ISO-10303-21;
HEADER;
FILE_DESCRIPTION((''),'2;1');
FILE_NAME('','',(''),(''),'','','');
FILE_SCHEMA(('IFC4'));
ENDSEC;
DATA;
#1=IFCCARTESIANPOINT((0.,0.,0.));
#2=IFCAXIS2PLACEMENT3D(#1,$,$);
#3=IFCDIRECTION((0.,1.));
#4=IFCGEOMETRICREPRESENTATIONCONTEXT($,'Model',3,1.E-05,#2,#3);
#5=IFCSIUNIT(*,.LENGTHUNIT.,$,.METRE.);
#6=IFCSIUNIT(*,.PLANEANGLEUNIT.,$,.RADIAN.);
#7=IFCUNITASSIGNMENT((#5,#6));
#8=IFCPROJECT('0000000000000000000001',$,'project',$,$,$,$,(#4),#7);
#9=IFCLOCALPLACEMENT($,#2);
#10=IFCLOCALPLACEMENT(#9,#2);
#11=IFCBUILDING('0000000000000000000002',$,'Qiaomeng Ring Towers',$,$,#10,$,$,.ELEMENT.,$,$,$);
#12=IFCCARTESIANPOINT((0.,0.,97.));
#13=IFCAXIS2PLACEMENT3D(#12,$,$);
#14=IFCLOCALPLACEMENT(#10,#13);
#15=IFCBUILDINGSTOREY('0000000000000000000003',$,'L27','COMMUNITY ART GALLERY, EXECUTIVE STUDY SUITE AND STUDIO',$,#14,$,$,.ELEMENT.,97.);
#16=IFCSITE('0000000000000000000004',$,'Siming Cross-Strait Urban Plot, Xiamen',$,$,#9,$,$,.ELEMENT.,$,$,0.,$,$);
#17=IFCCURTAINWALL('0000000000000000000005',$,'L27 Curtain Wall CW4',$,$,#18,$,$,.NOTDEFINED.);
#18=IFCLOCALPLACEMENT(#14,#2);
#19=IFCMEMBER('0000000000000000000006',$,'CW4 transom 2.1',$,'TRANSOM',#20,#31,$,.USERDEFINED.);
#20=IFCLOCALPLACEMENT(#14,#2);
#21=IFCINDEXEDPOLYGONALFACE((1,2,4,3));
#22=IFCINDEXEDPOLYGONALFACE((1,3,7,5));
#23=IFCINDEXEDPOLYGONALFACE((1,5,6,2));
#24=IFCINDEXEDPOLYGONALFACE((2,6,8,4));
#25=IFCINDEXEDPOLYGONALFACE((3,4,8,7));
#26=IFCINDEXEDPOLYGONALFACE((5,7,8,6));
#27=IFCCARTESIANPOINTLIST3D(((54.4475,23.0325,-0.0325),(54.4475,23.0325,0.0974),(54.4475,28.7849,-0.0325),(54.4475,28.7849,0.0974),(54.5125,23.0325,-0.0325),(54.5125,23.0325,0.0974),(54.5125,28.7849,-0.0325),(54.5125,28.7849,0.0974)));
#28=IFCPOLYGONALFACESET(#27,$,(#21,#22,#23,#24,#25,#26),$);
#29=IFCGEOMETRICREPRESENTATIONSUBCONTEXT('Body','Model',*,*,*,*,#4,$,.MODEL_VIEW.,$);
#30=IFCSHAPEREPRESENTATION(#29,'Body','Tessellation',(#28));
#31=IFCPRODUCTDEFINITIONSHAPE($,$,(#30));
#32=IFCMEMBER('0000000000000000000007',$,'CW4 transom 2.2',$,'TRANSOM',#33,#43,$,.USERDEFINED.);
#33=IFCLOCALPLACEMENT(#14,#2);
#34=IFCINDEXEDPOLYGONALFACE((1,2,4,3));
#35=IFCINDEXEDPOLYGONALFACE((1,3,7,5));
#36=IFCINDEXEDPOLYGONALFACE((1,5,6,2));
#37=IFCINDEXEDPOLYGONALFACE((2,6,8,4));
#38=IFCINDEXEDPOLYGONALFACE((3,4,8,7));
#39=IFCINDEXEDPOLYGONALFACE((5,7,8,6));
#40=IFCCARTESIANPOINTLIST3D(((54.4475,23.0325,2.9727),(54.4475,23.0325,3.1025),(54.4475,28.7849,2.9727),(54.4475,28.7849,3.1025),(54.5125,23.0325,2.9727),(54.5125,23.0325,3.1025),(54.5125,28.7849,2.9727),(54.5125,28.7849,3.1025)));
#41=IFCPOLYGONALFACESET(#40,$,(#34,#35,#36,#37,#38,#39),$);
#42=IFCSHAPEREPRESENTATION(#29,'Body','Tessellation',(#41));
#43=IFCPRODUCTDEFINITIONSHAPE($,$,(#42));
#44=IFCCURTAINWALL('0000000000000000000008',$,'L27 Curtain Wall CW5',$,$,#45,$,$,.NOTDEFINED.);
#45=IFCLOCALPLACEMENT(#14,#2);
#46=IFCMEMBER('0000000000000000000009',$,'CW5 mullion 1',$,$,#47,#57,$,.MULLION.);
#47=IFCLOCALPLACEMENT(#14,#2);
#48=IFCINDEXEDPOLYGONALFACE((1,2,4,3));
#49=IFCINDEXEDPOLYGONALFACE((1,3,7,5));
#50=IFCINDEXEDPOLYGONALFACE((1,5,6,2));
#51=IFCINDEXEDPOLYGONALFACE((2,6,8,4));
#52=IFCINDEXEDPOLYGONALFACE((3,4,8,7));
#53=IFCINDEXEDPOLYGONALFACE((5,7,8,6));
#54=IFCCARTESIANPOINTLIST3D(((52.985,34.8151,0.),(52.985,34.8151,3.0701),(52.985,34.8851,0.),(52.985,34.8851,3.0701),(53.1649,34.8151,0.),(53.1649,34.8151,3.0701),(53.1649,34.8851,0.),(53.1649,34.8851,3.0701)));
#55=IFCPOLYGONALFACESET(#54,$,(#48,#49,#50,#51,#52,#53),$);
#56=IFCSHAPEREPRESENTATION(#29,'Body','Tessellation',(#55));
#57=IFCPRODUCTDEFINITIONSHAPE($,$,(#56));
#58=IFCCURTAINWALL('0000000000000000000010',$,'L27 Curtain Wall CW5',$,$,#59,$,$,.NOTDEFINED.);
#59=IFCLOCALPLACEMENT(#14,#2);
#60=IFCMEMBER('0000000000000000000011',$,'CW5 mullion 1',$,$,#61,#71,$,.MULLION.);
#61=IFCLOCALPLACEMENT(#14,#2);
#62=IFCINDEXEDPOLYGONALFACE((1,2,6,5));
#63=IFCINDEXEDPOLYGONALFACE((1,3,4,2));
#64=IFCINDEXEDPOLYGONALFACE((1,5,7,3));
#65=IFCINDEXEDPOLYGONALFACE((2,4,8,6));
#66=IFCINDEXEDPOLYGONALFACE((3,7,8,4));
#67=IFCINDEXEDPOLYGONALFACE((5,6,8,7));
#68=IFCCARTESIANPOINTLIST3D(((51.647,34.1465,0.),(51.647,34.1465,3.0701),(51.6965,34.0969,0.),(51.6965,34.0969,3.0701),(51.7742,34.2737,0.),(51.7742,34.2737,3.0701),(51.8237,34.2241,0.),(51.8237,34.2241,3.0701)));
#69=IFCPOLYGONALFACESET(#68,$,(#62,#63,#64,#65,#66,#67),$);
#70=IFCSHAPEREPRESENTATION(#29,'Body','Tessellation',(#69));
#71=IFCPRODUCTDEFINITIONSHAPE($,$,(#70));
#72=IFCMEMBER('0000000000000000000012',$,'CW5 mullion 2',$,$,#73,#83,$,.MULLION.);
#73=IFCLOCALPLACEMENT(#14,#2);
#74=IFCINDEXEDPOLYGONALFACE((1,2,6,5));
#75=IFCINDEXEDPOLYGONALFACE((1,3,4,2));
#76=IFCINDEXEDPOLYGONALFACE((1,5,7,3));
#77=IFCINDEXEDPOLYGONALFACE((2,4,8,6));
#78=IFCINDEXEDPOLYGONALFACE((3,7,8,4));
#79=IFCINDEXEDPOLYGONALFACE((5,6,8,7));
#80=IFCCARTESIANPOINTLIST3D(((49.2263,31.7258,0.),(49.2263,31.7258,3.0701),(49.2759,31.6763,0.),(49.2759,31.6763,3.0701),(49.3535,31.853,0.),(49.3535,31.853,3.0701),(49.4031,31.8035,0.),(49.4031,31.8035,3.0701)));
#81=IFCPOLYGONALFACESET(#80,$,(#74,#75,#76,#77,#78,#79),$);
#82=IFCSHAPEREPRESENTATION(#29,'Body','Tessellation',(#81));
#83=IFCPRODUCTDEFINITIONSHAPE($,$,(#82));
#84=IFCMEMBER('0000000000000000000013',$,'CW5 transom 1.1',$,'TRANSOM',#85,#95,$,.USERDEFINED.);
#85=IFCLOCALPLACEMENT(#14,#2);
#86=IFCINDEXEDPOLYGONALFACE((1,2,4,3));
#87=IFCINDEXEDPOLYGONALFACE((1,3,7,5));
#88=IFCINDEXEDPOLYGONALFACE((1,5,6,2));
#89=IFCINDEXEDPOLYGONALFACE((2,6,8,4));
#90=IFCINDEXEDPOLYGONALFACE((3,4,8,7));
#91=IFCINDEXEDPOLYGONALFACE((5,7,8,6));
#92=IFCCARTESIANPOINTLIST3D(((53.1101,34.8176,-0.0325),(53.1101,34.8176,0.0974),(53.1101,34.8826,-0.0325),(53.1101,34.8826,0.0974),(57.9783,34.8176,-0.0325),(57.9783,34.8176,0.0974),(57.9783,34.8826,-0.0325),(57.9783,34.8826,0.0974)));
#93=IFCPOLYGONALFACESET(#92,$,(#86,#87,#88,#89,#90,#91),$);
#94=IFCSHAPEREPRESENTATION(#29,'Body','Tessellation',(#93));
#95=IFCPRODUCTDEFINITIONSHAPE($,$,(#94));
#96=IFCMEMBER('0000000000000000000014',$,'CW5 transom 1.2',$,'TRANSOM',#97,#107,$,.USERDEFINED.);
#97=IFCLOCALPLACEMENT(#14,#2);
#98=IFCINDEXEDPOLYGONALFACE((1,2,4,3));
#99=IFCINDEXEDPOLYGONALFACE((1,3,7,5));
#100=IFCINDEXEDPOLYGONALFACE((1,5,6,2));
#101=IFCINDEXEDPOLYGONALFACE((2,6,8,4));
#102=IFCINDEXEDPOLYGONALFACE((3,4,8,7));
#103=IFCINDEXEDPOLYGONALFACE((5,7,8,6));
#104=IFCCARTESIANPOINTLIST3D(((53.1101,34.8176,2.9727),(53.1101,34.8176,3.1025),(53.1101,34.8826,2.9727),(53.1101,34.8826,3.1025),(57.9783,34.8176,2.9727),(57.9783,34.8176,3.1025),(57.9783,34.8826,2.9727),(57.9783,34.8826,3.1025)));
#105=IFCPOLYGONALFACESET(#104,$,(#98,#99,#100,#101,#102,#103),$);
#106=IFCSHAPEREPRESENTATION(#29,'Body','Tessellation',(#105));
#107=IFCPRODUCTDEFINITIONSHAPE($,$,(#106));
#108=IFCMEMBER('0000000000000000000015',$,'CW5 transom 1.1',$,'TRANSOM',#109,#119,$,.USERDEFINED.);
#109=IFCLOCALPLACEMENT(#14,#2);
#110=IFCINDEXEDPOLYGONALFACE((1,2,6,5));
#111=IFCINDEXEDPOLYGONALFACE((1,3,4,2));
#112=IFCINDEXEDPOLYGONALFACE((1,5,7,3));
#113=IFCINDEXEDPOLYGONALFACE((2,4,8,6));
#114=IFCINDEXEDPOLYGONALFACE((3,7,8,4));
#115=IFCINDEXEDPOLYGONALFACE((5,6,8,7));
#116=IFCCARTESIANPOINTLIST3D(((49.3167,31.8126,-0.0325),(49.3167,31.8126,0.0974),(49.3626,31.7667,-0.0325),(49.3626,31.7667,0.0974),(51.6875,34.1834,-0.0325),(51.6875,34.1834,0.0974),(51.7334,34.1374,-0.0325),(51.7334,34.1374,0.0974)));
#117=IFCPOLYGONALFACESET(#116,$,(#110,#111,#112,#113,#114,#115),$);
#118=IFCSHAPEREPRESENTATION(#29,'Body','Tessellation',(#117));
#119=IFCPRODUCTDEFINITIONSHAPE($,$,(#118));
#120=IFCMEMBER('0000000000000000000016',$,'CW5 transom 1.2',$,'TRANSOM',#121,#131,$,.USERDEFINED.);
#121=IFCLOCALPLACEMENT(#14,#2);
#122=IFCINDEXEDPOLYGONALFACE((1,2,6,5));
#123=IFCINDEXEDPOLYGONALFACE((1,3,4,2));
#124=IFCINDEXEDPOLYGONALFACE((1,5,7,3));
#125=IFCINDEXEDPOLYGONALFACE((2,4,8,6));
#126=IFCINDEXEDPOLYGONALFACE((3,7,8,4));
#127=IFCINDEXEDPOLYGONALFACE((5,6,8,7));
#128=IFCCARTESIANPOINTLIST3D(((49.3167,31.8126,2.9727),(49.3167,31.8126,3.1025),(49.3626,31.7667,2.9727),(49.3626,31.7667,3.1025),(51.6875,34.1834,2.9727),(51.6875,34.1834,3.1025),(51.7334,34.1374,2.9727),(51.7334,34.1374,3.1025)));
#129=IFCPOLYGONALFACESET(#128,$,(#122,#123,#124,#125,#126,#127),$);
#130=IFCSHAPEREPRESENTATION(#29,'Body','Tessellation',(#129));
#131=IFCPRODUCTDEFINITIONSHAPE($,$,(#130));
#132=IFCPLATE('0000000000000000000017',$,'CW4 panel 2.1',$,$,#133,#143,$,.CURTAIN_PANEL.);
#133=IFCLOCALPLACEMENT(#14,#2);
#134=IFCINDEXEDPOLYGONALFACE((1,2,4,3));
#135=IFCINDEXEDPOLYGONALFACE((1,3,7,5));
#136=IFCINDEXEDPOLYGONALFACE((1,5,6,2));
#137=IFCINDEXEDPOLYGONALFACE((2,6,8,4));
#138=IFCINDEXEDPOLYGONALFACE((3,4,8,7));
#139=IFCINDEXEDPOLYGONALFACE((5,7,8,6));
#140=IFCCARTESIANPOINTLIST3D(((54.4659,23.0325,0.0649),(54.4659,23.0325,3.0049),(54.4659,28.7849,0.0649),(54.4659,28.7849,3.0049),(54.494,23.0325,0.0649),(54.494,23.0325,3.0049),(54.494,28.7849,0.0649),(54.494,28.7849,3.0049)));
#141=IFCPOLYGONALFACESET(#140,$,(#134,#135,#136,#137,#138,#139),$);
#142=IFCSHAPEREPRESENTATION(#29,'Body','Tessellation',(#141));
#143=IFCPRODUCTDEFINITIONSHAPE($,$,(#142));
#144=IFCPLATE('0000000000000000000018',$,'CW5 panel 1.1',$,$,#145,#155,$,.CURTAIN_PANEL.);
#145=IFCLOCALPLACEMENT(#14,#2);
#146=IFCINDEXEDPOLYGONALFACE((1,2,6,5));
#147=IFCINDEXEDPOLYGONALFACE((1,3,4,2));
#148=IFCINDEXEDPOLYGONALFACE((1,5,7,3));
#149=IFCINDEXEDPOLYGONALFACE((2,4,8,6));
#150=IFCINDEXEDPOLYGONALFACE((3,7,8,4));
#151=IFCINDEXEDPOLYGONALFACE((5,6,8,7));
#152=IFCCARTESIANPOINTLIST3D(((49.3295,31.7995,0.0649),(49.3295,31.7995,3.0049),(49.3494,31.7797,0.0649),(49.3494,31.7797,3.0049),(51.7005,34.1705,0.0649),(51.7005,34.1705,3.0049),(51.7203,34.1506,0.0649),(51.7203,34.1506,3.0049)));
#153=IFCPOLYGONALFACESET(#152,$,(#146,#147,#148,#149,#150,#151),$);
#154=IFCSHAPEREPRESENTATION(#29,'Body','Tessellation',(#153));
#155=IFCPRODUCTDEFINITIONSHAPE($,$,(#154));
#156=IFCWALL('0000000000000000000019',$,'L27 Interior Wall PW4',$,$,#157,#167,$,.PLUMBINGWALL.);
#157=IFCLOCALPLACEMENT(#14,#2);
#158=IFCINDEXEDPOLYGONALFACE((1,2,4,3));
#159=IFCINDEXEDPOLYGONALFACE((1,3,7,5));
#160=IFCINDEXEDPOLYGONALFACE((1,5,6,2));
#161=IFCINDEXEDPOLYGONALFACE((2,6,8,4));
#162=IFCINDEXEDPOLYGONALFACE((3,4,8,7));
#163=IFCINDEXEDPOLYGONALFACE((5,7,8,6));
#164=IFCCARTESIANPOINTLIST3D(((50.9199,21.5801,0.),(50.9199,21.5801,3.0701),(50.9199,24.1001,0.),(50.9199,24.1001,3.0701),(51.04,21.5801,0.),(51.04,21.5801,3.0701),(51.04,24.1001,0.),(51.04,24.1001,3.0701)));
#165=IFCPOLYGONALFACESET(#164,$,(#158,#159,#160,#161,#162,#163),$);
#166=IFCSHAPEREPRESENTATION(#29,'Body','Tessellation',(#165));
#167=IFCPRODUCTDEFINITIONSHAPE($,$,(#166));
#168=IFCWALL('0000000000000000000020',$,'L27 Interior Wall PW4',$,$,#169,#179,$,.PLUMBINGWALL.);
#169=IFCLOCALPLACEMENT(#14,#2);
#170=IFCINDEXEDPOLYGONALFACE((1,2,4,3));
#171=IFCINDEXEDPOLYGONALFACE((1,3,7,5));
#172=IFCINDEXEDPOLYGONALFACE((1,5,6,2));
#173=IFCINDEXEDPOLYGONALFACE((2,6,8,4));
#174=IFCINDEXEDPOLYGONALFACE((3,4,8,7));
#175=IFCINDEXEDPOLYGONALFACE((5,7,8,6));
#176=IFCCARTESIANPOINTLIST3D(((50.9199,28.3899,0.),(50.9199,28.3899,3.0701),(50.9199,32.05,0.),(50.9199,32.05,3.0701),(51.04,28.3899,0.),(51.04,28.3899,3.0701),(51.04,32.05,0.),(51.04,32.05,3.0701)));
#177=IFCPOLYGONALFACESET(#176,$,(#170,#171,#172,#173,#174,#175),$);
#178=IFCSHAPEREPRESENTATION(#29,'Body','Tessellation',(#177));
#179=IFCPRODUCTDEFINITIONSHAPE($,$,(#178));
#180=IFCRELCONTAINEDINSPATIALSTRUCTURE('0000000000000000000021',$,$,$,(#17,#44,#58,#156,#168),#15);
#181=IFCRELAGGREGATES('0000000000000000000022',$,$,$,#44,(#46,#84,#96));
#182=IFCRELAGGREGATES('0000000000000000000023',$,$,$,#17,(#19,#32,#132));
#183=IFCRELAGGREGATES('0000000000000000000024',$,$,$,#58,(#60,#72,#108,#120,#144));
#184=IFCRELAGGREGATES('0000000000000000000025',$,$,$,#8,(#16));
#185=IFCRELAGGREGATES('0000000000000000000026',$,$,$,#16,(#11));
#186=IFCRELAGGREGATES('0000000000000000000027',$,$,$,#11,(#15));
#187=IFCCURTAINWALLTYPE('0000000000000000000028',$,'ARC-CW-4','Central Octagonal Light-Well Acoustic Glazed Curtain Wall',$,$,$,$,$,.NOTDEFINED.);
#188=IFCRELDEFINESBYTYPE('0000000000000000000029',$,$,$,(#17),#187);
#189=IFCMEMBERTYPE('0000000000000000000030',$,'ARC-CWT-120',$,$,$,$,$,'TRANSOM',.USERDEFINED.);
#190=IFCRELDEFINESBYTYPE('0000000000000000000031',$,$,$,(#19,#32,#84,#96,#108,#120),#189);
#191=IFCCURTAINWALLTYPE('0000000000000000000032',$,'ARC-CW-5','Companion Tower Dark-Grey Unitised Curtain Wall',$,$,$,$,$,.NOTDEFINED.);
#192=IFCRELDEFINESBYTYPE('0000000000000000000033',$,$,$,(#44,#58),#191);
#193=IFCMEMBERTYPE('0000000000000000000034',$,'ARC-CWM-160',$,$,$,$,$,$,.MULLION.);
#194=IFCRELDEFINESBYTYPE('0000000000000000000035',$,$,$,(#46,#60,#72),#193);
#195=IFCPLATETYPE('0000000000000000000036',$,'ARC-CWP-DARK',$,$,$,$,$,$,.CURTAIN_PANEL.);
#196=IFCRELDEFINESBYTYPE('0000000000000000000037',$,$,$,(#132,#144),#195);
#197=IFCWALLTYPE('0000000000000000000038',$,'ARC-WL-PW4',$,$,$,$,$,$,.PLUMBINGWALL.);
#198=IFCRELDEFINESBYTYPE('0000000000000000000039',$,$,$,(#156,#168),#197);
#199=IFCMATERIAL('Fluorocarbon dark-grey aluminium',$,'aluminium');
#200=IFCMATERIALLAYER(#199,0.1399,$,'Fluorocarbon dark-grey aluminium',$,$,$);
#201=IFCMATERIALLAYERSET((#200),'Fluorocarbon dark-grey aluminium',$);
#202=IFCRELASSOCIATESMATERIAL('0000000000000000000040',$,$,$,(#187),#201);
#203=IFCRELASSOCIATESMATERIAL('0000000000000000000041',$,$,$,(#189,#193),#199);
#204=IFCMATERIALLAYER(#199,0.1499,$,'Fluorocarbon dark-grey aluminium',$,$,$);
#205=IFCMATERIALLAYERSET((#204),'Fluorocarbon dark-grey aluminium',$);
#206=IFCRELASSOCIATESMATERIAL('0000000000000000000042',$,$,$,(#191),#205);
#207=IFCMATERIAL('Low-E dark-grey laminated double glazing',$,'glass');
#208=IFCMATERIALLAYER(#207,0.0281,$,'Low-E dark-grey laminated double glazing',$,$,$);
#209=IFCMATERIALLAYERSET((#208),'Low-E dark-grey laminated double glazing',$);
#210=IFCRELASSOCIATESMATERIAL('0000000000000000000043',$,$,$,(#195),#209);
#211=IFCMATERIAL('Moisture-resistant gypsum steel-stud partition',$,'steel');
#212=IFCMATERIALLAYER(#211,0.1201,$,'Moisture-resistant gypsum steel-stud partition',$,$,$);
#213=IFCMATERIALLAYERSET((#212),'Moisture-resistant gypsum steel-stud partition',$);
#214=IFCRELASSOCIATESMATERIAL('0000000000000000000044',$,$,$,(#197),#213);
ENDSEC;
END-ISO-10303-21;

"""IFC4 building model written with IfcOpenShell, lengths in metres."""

from ifc_helpers import new_model, si_unit, direction, frame, frame_2d, origin, origin_2d, place, context, subcontext, project, spatial, rectangle, extrude, source, transform, mapped, material, layer, layer_set, material_profile, profile_set, type_object, element, aggregate, save


model = new_model("IFC4")

# Units and contexts
model_context = context("Model", 3, precision=1e-05, world=origin(), true_north=direction((0.0, 1.0)))
body_context = subcontext(model_context, "Body", "Model", "MODEL_VIEW")
ifc_project = project(units=[si_unit("LENGTHUNIT", "METRE"), si_unit("PLANEANGLEUNIT", "RADIAN")], contexts=[model_context])

# Site, building, storey
site_placement = place(None, origin())
site = spatial("IfcSite", under=ifc_project, at=site_placement, Name="Siming Cross-Strait Urban Plot, Xiamen", CompositionType="ELEMENT", RefElevation=0.0)
building_placement = place(site_placement, origin())
building = spatial("IfcBuilding", under=site, at=building_placement, Name="Qiaomeng Ring Towers", CompositionType="ELEMENT")
storey_placement = place(building_placement, frame((0.0, 0.0, 97.0)))
storey = spatial("IfcBuildingStorey", under=building, at=storey_placement, Name="L27", Description="COMMUNITY ART GALLERY, EXECUTIVE STUDY SUITE AND STUDIO", CompositionType="ELEMENT", Elevation=97.0)

# Curtain wall, members
ifc_material_1 = material(Name="Fluorocarbon dark-grey aluminium", Category="aluminium")
ifc_layer_1 = layer(ifc_material_1, 0.1399, Name="Fluorocarbon dark-grey aluminium")
ifc_layer_set_1 = layer_set([ifc_layer_1], Name="Fluorocarbon dark-grey aluminium")
curtain_wall_type_1 = type_object("IfcCurtainWallType", Name="ARC-CW-4", Description="Central Octagonal Light-Well Acoustic Glazed Curtain Wall", PredefinedType="NOTDEFINED", material=ifc_layer_set_1)
curtain_wall_1_placement = place(storey_placement, origin())
curtain_wall_1 = element("IfcCurtainWall", 1, at=curtain_wall_1_placement, inside=storey, type_object=curtain_wall_type_1, Name="L27 Curtain Wall CW4", PredefinedType="NOTDEFINED")
ifc_material_profile_1 = material_profile(ifc_material_1, rectangle(XDim=0.0649, YDim=0.1299, at=origin_2d()), Name="ALU TRAN 65x130")
ifc_profile_set_1 = profile_set([ifc_material_profile_1], Name="Fluorocarbon dark-grey aluminium")
member_type_1 = type_object("IfcMemberType", Name="ARC-CWT-120", ElementType="TRANSOM", PredefinedType="USERDEFINED", material=ifc_profile_set_1)
shared_shape_1 = source(origin(), body_context, "Body", "SweptSolid", [
    extrude(rectangle(XDim=0.0649, YDim=0.1299, at=origin_2d()), origin(), (0.0, 0.0, 1.0), 5.7524),
])
member_1_placement = place(storey_placement, frame((54.48, 23.0325, 0.0325), z_axis=(0.0, 1.0, 0.0), x_axis=(-1.0, 0.0, 0.0)))
member_1 = element("IfcMember", 2, at=member_1_placement, type_object=member_type_1, Name="CW4 transom 2.1", ObjectType="TRANSOM", PredefinedType="USERDEFINED", context=body_context, shape_type="MappedRepresentation", body=[
    mapped(shared_shape_1, transform((0.0, 0.0, 0.0), x_axis=(1.0, 0.0, 0.0), y_axis=(0.0, 1.0, 0.0), z_axis=(0.0, 0.0, 1.0), scale=1.0)),
])
member_2_placement = place(storey_placement, frame((54.48, 23.0325, 3.0376), z_axis=(0.0, 1.0, 0.0), x_axis=(-1.0, 0.0, 0.0)))
member_2 = element("IfcMember", 3, at=member_2_placement, type_object=member_type_1, Name="CW4 transom 2.2", ObjectType="TRANSOM", PredefinedType="USERDEFINED", context=body_context, shape_type="MappedRepresentation", body=[
    mapped(shared_shape_1, transform((0.0, 0.0, 0.0), x_axis=(1.0, 0.0, 0.0), y_axis=(0.0, 1.0, 0.0), z_axis=(0.0, 0.0, 1.0), scale=1.0)),
])

# Curtain wall, member
ifc_layer_2 = layer(ifc_material_1, 0.1499, Name="Fluorocarbon dark-grey aluminium")
ifc_layer_set_2 = layer_set([ifc_layer_2], Name="Fluorocarbon dark-grey aluminium")
curtain_wall_type_2 = type_object("IfcCurtainWallType", Name="ARC-CW-5", Description="Companion Tower Dark-Grey Unitised Curtain Wall", PredefinedType="NOTDEFINED", material=ifc_layer_set_2)
curtain_wall_2_placement = place(storey_placement, origin())
curtain_wall_2 = element("IfcCurtainWall", 4, at=curtain_wall_2_placement, inside=storey, type_object=curtain_wall_type_2, Name="L27 Curtain Wall CW5", PredefinedType="NOTDEFINED")
ifc_material_profile_2 = material_profile(ifc_material_1, rectangle(XDim=0.0701, YDim=0.1799, at=origin_2d()), Name="ALU MULL 70x180")
ifc_profile_set_2 = profile_set([ifc_material_profile_2], Name="Fluorocarbon dark-grey aluminium")
member_type_2 = type_object("IfcMemberType", Name="ARC-CWM-160", PredefinedType="MULLION", material=ifc_profile_set_2)
shared_shape_2 = source(origin(), body_context, "Body", "SweptSolid", [
    extrude(rectangle(XDim=0.0701, YDim=0.1799, at=origin_2d()), origin(), (0.0, 0.0, 1.0), 3.0701),
])
member_3_placement = place(storey_placement, frame((53.075, 34.8501, 0.0), z_axis=(0.0, 0.0, 1.0), x_axis=(0.0, 1.0, 0.0)))
member_3 = element("IfcMember", 5, at=member_3_placement, type_object=member_type_2, Name="CW5 mullion 1", PredefinedType="MULLION", context=body_context, shape_type="MappedRepresentation", body=[
    mapped(shared_shape_2, transform((0.0, 0.0, 0.0), x_axis=(1.0, 0.0, 0.0), y_axis=(0.0, 1.0, 0.0), z_axis=(0.0, 0.0, 1.0), scale=1.0)),
])

# Curtain wall, members
curtain_wall_3_placement = place(storey_placement, origin())
curtain_wall_3 = element("IfcCurtainWall", 6, at=curtain_wall_3_placement, inside=storey, type_object=curtain_wall_type_2, Name="L27 Curtain Wall CW5", PredefinedType="NOTDEFINED")
member_4_placement = place(storey_placement, frame((51.7354, 34.1853, 0.0), z_axis=(0.0, 0.0, 1.0), x_axis=(0.707107, -0.707107, 0.0)))
member_4 = element("IfcMember", 7, at=member_4_placement, type_object=member_type_2, Name="CW5 mullion 1", PredefinedType="MULLION", context=body_context, shape_type="MappedRepresentation", body=[
    mapped(shared_shape_2, transform((0.0, 0.0, 0.0), x_axis=(1.0, 0.0, 0.0), y_axis=(0.0, 1.0, 0.0), z_axis=(0.0, 0.0, 1.0), scale=1.0)),
])
member_5_placement = place(storey_placement, frame((49.3147, 31.7646, 0.0), z_axis=(0.0, 0.0, 1.0), x_axis=(0.707107, -0.707107, 0.0)))
member_5 = element("IfcMember", 8, at=member_5_placement, type_object=member_type_2, Name="CW5 mullion 2", PredefinedType="MULLION", context=body_context, shape_type="MappedRepresentation", body=[
    mapped(shared_shape_2, transform((0.0, 0.0, 0.0), x_axis=(1.0, 0.0, 0.0), y_axis=(0.0, 1.0, 0.0), z_axis=(0.0, 0.0, 1.0), scale=1.0)),
])

# Members
shared_shape_3 = source(origin(), body_context, "Body", "SweptSolid", [
    extrude(rectangle(XDim=0.0649, YDim=0.1299, at=origin_2d()), origin(), (0.0, 0.0, 1.0), 4.8682),
])
member_6_placement = place(storey_placement, frame((53.1101, 34.8501, 0.0325), z_axis=(1.0, 0.0, 0.0), x_axis=(0.0, 1.0, 0.0)))
member_6 = element("IfcMember", 9, at=member_6_placement, type_object=member_type_1, Name="CW5 transom 1.1", ObjectType="TRANSOM", PredefinedType="USERDEFINED", context=body_context, shape_type="MappedRepresentation", body=[
    mapped(shared_shape_3, transform((0.0, 0.0, 0.0), x_axis=(1.0, 0.0, 0.0), y_axis=(0.0, 1.0, 0.0), z_axis=(0.0, 0.0, 1.0), scale=1.0)),
])
member_7_placement = place(storey_placement, frame((53.1101, 34.8501, 3.0376), z_axis=(1.0, 0.0, 0.0), x_axis=(0.0, 1.0, 0.0)))
member_7 = element("IfcMember", 10, at=member_7_placement, type_object=member_type_1, Name="CW5 transom 1.2", ObjectType="TRANSOM", PredefinedType="USERDEFINED", context=body_context, shape_type="MappedRepresentation", body=[
    mapped(shared_shape_3, transform((0.0, 0.0, 0.0), x_axis=(1.0, 0.0, 0.0), y_axis=(0.0, 1.0, 0.0), z_axis=(0.0, 0.0, 1.0), scale=1.0)),
])
aggregate(curtain_wall_2, [member_3, member_6, member_7])
shared_shape_4 = source(origin(), body_context, "Body", "SweptSolid", [
    extrude(rectangle(XDim=0.0649, YDim=0.1299, at=origin_2d()), origin(), (0.0, 0.0, 1.0), 3.3528),
])
member_8_placement = place(storey_placement, frame((51.7104, 34.1604, 0.0325), z_axis=(-0.707107, -0.707107, 0.0), x_axis=(0.707107, -0.707107, 0.0)))
member_8 = element("IfcMember", 11, at=member_8_placement, type_object=member_type_1, Name="CW5 transom 1.1", ObjectType="TRANSOM", PredefinedType="USERDEFINED", context=body_context, shape_type="MappedRepresentation", body=[
    mapped(shared_shape_4, transform((0.0, 0.0, 0.0), x_axis=(1.0, 0.0, 0.0), y_axis=(0.0, 1.0, 0.0), z_axis=(0.0, 0.0, 1.0), scale=1.0)),
])
member_9_placement = place(storey_placement, frame((51.7104, 34.1604, 3.0376), z_axis=(-0.707107, -0.707107, 0.0), x_axis=(0.707107, -0.707107, 0.0)))
member_9 = element("IfcMember", 12, at=member_9_placement, type_object=member_type_1, Name="CW5 transom 1.2", ObjectType="TRANSOM", PredefinedType="USERDEFINED", context=body_context, shape_type="MappedRepresentation", body=[
    mapped(shared_shape_4, transform((0.0, 0.0, 0.0), x_axis=(1.0, 0.0, 0.0), y_axis=(0.0, 1.0, 0.0), z_axis=(0.0, 0.0, 1.0), scale=1.0)),
])

# Plates
ifc_material_2 = material(Name="Low-E dark-grey laminated double glazing", Category="glass")
ifc_layer_3 = layer(ifc_material_2, 0.0281, Name="Low-E dark-grey laminated double glazing")
ifc_layer_set_3 = layer_set([ifc_layer_3], Name="Low-E dark-grey laminated double glazing")
plate_type = type_object("IfcPlateType", Name="ARC-CWP-DARK", PredefinedType="CURTAIN_PANEL", material=ifc_layer_set_3)
shared_shape_5 = source(origin(), body_context, "Body", "SweptSolid", [
    extrude(rectangle(XDim=5.7524, YDim=0.0281, at=origin_2d()), origin(), (0.0, 0.0, 1.0), 2.9399),
])
plate_1_placement = place(storey_placement, frame((54.48, 25.9087, 0.0649), z_axis=(0.0, 0.0, 1.0), x_axis=(0.0, 1.0, 0.0)))
plate_1 = element("IfcPlate", 13, at=plate_1_placement, type_object=plate_type, Name="CW4 panel 2.1", PredefinedType="CURTAIN_PANEL", context=body_context, shape_type="MappedRepresentation", body=[
    mapped(shared_shape_5, transform((0.0, 0.0, 0.0), x_axis=(1.0, 0.0, 0.0), y_axis=(0.0, 1.0, 0.0), z_axis=(0.0, 0.0, 1.0), scale=1.0)),
])
aggregate(curtain_wall_1, [member_1, member_2, plate_1])
shared_shape_6 = source(origin(), body_context, "Body", "SweptSolid", [
    extrude(rectangle(XDim=3.353, YDim=0.0281, at=origin_2d()), origin(), (0.0, 0.0, 1.0), 2.9399),
])
plate_2_placement = place(storey_placement, frame((50.5249, 32.9751, 0.0649), z_axis=(0.0, 0.0, 1.0), x_axis=(-0.707107, -0.707107, 0.0)))
plate_2 = element("IfcPlate", 14, at=plate_2_placement, type_object=plate_type, Name="CW5 panel 1.1", PredefinedType="CURTAIN_PANEL", context=body_context, shape_type="MappedRepresentation", body=[
    mapped(shared_shape_6, transform((0.0, 0.0, 0.0), x_axis=(1.0, 0.0, 0.0), y_axis=(0.0, 1.0, 0.0), z_axis=(0.0, 0.0, 1.0), scale=1.0)),
])
aggregate(curtain_wall_3, [member_4, member_5, member_8, member_9, plate_2])

# Walls
ifc_material_3 = material(Name="Moisture-resistant gypsum steel-stud partition", Category="steel")
ifc_layer_4 = layer(ifc_material_3, 0.1201, Name="Moisture-resistant gypsum steel-stud partition")
ifc_layer_set_4 = layer_set([ifc_layer_4], Name="Moisture-resistant gypsum steel-stud partition")
wall_type_1 = type_object("IfcWallType", Name="ARC-WL-PW4", PredefinedType="PLUMBINGWALL", material=ifc_layer_set_4)
wall_1_placement = place(storey_placement, frame((50.98, 21.5801, 0.0), z_axis=(0.0, 0.0, 1.0), x_axis=(0.0, 1.0, 0.0)))
element("IfcWall", 15, at=wall_1_placement, inside=storey, type_object=wall_type_1, Name="L27 Interior Wall PW4", PredefinedType="PLUMBINGWALL", context=body_context, shape_type="SweptSolid", body=[
    extrude(rectangle(XDim=2.52, YDim=0.1201, at=frame_2d((1.26, 0.0))), origin(), (0.0, 0.0, 1.0), 3.0701),
])
wall_2_placement = place(storey_placement, frame((50.98, 28.3899, 0.0), z_axis=(0.0, 0.0, 1.0), x_axis=(0.0, 1.0, 0.0)))
element("IfcWall", 16, at=wall_2_placement, inside=storey, type_object=wall_type_1, Name="L27 Interior Wall PW4", PredefinedType="PLUMBINGWALL", context=body_context, shape_type="SweptSolid", body=[
    extrude(rectangle(XDim=3.6602, YDim=0.1201, at=frame_2d((1.8301, 0.0))), origin(), (0.0, 0.0, 1.0), 3.0701),
])

save(model, "model.ifc")
